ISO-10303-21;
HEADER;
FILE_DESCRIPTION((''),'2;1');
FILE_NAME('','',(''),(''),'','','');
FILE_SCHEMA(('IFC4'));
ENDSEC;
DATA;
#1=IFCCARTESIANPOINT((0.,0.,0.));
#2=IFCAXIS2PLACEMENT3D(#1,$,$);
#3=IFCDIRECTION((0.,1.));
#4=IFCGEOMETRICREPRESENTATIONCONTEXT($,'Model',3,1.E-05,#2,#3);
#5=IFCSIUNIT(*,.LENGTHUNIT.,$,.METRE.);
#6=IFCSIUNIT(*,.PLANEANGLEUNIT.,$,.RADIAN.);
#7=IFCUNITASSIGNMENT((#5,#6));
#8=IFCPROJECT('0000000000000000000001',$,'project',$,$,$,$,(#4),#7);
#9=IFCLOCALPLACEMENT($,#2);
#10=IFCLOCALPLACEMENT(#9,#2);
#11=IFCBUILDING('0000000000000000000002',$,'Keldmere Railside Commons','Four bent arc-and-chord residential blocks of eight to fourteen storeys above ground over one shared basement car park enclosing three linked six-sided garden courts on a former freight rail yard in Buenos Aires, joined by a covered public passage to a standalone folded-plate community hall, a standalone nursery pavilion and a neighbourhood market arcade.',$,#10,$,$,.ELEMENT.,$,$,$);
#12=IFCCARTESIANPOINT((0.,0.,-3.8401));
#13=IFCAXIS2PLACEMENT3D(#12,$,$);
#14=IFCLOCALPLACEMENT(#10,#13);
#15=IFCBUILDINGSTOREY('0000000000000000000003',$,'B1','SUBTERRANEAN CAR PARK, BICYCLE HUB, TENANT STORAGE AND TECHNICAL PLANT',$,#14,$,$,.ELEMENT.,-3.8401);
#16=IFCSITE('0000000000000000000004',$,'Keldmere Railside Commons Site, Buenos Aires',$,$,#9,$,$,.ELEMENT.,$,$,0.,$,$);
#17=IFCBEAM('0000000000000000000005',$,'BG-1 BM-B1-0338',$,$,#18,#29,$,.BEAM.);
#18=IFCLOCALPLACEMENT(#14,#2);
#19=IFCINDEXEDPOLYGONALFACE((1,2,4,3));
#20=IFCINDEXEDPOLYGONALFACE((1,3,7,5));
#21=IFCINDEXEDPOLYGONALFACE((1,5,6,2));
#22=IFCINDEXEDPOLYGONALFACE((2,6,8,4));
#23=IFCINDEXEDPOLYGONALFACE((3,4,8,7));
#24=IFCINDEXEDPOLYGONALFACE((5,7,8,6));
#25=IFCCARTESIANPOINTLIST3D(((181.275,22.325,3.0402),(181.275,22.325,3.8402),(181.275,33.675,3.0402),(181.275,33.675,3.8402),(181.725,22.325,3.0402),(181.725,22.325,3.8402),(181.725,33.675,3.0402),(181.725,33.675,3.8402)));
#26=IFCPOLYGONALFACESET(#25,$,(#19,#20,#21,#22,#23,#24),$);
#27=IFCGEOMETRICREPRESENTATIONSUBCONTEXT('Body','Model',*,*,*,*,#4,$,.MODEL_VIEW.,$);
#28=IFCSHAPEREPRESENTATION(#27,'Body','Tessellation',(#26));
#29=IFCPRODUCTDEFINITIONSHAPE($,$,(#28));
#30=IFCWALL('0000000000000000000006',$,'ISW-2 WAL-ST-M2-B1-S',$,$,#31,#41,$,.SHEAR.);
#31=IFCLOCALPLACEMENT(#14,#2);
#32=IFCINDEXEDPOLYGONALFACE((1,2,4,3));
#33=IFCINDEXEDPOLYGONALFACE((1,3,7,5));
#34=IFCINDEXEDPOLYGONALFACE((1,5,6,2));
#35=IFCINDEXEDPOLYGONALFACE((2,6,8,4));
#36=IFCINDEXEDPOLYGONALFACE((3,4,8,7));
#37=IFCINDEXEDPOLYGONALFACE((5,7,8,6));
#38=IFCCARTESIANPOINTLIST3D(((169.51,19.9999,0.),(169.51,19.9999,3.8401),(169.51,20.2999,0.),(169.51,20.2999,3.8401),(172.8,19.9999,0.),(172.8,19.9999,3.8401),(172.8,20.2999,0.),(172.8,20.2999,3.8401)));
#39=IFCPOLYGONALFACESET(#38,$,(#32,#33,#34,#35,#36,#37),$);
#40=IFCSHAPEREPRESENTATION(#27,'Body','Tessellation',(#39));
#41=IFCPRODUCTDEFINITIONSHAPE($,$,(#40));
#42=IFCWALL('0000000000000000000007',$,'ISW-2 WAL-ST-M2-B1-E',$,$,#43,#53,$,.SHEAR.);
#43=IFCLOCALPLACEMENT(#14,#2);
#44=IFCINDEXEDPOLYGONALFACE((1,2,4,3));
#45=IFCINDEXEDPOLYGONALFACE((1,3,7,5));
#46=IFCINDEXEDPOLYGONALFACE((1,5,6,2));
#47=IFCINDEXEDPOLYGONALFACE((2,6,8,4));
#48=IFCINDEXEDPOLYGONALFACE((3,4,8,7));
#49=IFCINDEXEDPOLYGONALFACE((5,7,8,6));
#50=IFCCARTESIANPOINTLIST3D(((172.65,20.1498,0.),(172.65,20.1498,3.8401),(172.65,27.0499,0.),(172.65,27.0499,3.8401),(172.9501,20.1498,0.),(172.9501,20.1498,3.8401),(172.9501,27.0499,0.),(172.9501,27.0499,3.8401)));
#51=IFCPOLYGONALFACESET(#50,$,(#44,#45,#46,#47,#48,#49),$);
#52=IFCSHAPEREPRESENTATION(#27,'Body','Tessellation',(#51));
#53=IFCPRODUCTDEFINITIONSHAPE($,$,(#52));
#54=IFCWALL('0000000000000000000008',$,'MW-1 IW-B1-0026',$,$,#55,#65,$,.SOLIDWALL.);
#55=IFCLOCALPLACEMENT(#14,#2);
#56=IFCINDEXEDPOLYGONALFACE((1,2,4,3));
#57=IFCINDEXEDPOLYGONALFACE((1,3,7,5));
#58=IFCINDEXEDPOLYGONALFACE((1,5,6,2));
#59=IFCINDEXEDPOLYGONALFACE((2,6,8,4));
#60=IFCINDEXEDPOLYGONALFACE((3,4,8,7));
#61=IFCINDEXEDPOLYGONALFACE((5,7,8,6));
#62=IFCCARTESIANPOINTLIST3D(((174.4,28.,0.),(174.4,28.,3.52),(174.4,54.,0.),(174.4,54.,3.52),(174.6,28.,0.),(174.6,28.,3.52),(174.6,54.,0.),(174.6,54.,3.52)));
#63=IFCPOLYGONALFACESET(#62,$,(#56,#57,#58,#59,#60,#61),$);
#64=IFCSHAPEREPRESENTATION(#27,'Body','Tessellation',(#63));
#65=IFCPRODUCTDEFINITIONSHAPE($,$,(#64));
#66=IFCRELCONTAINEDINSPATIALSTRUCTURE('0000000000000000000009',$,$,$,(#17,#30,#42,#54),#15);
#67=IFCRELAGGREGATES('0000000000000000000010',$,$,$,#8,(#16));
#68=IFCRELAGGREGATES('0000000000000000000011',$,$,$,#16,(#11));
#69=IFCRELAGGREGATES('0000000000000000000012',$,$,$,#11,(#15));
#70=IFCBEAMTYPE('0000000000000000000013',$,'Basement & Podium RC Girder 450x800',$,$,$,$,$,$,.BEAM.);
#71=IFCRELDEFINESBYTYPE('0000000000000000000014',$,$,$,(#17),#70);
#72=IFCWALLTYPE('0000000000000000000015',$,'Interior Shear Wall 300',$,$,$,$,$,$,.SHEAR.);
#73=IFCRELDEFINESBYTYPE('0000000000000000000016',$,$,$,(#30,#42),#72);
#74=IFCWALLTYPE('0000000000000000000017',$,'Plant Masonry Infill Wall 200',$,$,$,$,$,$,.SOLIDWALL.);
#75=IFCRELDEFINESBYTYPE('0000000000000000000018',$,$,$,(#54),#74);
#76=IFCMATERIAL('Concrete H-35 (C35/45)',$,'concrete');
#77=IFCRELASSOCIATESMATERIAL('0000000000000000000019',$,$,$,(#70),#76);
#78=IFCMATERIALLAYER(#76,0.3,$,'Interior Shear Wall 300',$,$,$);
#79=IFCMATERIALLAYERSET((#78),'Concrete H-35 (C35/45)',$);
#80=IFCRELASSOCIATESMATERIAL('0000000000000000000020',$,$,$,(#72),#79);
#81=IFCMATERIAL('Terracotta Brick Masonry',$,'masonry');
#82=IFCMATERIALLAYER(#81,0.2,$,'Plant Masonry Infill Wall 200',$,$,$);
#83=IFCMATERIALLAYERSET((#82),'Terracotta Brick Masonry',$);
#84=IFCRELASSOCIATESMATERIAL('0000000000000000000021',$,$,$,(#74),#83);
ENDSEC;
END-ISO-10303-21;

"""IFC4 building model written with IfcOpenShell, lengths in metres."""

from ifc_helpers import new_model, si_unit, direction, frame, frame_2d, origin, origin_2d, place, context, subcontext, project, spatial, rectangle, extrude, material, layer, layer_set, material_profile, profile_set, type_object, element, save


model = new_model("IFC4")

# Units and contexts
model_context = context("Model", 3, precision=1e-05, world=origin(), true_north=direction((0.0, 1.0)))
body_context = subcontext(model_context, "Body", "Model", "MODEL_VIEW")
ifc_project = project(units=[si_unit("LENGTHUNIT", "METRE"), si_unit("PLANEANGLEUNIT", "RADIAN")], contexts=[model_context])

# Site, building, storey
site_placement = place(None, origin())
site = spatial("IfcSite", under=ifc_project, at=site_placement, Name="Keldmere Railside Commons Site, Buenos Aires", CompositionType="ELEMENT", RefElevation=0.0)
building_placement = place(site_placement, origin())
building = spatial("IfcBuilding", under=site, at=building_placement, Name="Keldmere Railside Commons", Description="Four bent arc-and-chord residential blocks of eight to fourteen storeys above ground over one shared basement car park enclosing three linked six-sided garden courts on a former freight rail yard in Buenos Aires, joined by a covered public passage to a standalone folded-plate community hall, a standalone nursery pavilion and a neighbourhood market arcade.", CompositionType="ELEMENT")
storey_placement = place(building_placement, frame((0.0, 0.0, -3.8401)))
storey = spatial("IfcBuildingStorey", under=building, at=storey_placement, Name="B1", Description="SUBTERRANEAN CAR PARK, BICYCLE HUB, TENANT STORAGE AND TECHNICAL PLANT", CompositionType="ELEMENT", Elevation=-3.8401)

# Beam
ifc_material_1 = material(Name="Concrete H-35 (C35/45)", Category="concrete")
ifc_material_profile_1 = material_profile(ifc_material_1, rectangle(XDim=0.45, YDim=0.8, at=origin_2d()), Name="RC-450x800")
ifc_profile_set_1 = profile_set([ifc_material_profile_1], Name="Concrete H-35 (C35/45)")
beam_type = type_object("IfcBeamType", Name="Basement & Podium RC Girder 450x800", PredefinedType="BEAM", material=ifc_profile_set_1)
beam_1_placement = place(storey_placement, frame((181.5, 22.325, 3.4402), z_axis=(0.0, 1.0, 0.0), x_axis=(-1.0, 0.0, 0.0)))
element("IfcBeam", 1, at=beam_1_placement, inside=storey, type_object=beam_type, Name="BG-1 BM-B1-0338", PredefinedType="BEAM", context=body_context, shape_type="SweptSolid", body=[
    extrude(rectangle(XDim=0.45, YDim=0.8, at=origin_2d()), origin(), (0.0, 0.0, 1.0), 11.3501),
])

# Walls
ifc_layer_1 = layer(ifc_material_1, 0.3, Name="Interior Shear Wall 300")
ifc_layer_set_1 = layer_set([ifc_layer_1], Name="Concrete H-35 (C35/45)")
wall_type_1 = type_object("IfcWallType", Name="Interior Shear Wall 300", PredefinedType="SHEAR", material=ifc_layer_set_1)
wall_1_placement = place(storey_placement, frame((172.8, 20.1499, 0.0), z_axis=(0.0, 0.0, 1.0), x_axis=(-1.0, 0.0, 0.0)))
element("IfcWall", 2, at=wall_1_placement, inside=storey, type_object=wall_type_1, Name="ISW-2 WAL-ST-M2-B1-S", PredefinedType="SHEAR", context=body_context, shape_type="SweptSolid", body=[
    extrude(rectangle(XDim=3.29, YDim=0.3, at=frame_2d((1.645, 0.0))), origin(), (0.0, 0.0, 1.0), 3.8401),
])
wall_2_placement = place(storey_placement, frame((172.8, 27.05, 0.0), z_axis=(0.0, 0.0, 1.0), x_axis=(0.0, -1.0, 0.0)))
element("IfcWall", 3, at=wall_2_placement, inside=storey, type_object=wall_type_1, Name="ISW-2 WAL-ST-M2-B1-E", PredefinedType="SHEAR", context=body_context, shape_type="SweptSolid", body=[
    extrude(rectangle(XDim=6.9001, YDim=0.3, at=frame_2d((3.4502, 0.0))), origin(), (0.0, 0.0, 1.0), 3.8401),
])
ifc_material_2 = material(Name="Terracotta Brick Masonry", Category="masonry")
ifc_layer_2 = layer(ifc_material_2, 0.2, Name="Plant Masonry Infill Wall 200")
ifc_layer_set_2 = layer_set([ifc_layer_2], Name="Terracotta Brick Masonry")
wall_type_2 = type_object("IfcWallType", Name="Plant Masonry Infill Wall 200", PredefinedType="SOLIDWALL", material=ifc_layer_set_2)
wall_3_placement = place(storey_placement, frame((174.5, 28.0, 0.0), z_axis=(0.0, 0.0, 1.0), x_axis=(0.0, 1.0, 0.0)))
element("IfcWall", 4, at=wall_3_placement, inside=storey, type_object=wall_type_2, Name="MW-1 IW-B1-0026", PredefinedType="SOLIDWALL", context=body_context, shape_type="SweptSolid", body=[
    extrude(rectangle(XDim=26.0, YDim=0.2, at=frame_2d((13.0, 0.0))), origin(), (0.0, 0.0, 1.0), 3.52),
])

save(model, "model.ifc")
